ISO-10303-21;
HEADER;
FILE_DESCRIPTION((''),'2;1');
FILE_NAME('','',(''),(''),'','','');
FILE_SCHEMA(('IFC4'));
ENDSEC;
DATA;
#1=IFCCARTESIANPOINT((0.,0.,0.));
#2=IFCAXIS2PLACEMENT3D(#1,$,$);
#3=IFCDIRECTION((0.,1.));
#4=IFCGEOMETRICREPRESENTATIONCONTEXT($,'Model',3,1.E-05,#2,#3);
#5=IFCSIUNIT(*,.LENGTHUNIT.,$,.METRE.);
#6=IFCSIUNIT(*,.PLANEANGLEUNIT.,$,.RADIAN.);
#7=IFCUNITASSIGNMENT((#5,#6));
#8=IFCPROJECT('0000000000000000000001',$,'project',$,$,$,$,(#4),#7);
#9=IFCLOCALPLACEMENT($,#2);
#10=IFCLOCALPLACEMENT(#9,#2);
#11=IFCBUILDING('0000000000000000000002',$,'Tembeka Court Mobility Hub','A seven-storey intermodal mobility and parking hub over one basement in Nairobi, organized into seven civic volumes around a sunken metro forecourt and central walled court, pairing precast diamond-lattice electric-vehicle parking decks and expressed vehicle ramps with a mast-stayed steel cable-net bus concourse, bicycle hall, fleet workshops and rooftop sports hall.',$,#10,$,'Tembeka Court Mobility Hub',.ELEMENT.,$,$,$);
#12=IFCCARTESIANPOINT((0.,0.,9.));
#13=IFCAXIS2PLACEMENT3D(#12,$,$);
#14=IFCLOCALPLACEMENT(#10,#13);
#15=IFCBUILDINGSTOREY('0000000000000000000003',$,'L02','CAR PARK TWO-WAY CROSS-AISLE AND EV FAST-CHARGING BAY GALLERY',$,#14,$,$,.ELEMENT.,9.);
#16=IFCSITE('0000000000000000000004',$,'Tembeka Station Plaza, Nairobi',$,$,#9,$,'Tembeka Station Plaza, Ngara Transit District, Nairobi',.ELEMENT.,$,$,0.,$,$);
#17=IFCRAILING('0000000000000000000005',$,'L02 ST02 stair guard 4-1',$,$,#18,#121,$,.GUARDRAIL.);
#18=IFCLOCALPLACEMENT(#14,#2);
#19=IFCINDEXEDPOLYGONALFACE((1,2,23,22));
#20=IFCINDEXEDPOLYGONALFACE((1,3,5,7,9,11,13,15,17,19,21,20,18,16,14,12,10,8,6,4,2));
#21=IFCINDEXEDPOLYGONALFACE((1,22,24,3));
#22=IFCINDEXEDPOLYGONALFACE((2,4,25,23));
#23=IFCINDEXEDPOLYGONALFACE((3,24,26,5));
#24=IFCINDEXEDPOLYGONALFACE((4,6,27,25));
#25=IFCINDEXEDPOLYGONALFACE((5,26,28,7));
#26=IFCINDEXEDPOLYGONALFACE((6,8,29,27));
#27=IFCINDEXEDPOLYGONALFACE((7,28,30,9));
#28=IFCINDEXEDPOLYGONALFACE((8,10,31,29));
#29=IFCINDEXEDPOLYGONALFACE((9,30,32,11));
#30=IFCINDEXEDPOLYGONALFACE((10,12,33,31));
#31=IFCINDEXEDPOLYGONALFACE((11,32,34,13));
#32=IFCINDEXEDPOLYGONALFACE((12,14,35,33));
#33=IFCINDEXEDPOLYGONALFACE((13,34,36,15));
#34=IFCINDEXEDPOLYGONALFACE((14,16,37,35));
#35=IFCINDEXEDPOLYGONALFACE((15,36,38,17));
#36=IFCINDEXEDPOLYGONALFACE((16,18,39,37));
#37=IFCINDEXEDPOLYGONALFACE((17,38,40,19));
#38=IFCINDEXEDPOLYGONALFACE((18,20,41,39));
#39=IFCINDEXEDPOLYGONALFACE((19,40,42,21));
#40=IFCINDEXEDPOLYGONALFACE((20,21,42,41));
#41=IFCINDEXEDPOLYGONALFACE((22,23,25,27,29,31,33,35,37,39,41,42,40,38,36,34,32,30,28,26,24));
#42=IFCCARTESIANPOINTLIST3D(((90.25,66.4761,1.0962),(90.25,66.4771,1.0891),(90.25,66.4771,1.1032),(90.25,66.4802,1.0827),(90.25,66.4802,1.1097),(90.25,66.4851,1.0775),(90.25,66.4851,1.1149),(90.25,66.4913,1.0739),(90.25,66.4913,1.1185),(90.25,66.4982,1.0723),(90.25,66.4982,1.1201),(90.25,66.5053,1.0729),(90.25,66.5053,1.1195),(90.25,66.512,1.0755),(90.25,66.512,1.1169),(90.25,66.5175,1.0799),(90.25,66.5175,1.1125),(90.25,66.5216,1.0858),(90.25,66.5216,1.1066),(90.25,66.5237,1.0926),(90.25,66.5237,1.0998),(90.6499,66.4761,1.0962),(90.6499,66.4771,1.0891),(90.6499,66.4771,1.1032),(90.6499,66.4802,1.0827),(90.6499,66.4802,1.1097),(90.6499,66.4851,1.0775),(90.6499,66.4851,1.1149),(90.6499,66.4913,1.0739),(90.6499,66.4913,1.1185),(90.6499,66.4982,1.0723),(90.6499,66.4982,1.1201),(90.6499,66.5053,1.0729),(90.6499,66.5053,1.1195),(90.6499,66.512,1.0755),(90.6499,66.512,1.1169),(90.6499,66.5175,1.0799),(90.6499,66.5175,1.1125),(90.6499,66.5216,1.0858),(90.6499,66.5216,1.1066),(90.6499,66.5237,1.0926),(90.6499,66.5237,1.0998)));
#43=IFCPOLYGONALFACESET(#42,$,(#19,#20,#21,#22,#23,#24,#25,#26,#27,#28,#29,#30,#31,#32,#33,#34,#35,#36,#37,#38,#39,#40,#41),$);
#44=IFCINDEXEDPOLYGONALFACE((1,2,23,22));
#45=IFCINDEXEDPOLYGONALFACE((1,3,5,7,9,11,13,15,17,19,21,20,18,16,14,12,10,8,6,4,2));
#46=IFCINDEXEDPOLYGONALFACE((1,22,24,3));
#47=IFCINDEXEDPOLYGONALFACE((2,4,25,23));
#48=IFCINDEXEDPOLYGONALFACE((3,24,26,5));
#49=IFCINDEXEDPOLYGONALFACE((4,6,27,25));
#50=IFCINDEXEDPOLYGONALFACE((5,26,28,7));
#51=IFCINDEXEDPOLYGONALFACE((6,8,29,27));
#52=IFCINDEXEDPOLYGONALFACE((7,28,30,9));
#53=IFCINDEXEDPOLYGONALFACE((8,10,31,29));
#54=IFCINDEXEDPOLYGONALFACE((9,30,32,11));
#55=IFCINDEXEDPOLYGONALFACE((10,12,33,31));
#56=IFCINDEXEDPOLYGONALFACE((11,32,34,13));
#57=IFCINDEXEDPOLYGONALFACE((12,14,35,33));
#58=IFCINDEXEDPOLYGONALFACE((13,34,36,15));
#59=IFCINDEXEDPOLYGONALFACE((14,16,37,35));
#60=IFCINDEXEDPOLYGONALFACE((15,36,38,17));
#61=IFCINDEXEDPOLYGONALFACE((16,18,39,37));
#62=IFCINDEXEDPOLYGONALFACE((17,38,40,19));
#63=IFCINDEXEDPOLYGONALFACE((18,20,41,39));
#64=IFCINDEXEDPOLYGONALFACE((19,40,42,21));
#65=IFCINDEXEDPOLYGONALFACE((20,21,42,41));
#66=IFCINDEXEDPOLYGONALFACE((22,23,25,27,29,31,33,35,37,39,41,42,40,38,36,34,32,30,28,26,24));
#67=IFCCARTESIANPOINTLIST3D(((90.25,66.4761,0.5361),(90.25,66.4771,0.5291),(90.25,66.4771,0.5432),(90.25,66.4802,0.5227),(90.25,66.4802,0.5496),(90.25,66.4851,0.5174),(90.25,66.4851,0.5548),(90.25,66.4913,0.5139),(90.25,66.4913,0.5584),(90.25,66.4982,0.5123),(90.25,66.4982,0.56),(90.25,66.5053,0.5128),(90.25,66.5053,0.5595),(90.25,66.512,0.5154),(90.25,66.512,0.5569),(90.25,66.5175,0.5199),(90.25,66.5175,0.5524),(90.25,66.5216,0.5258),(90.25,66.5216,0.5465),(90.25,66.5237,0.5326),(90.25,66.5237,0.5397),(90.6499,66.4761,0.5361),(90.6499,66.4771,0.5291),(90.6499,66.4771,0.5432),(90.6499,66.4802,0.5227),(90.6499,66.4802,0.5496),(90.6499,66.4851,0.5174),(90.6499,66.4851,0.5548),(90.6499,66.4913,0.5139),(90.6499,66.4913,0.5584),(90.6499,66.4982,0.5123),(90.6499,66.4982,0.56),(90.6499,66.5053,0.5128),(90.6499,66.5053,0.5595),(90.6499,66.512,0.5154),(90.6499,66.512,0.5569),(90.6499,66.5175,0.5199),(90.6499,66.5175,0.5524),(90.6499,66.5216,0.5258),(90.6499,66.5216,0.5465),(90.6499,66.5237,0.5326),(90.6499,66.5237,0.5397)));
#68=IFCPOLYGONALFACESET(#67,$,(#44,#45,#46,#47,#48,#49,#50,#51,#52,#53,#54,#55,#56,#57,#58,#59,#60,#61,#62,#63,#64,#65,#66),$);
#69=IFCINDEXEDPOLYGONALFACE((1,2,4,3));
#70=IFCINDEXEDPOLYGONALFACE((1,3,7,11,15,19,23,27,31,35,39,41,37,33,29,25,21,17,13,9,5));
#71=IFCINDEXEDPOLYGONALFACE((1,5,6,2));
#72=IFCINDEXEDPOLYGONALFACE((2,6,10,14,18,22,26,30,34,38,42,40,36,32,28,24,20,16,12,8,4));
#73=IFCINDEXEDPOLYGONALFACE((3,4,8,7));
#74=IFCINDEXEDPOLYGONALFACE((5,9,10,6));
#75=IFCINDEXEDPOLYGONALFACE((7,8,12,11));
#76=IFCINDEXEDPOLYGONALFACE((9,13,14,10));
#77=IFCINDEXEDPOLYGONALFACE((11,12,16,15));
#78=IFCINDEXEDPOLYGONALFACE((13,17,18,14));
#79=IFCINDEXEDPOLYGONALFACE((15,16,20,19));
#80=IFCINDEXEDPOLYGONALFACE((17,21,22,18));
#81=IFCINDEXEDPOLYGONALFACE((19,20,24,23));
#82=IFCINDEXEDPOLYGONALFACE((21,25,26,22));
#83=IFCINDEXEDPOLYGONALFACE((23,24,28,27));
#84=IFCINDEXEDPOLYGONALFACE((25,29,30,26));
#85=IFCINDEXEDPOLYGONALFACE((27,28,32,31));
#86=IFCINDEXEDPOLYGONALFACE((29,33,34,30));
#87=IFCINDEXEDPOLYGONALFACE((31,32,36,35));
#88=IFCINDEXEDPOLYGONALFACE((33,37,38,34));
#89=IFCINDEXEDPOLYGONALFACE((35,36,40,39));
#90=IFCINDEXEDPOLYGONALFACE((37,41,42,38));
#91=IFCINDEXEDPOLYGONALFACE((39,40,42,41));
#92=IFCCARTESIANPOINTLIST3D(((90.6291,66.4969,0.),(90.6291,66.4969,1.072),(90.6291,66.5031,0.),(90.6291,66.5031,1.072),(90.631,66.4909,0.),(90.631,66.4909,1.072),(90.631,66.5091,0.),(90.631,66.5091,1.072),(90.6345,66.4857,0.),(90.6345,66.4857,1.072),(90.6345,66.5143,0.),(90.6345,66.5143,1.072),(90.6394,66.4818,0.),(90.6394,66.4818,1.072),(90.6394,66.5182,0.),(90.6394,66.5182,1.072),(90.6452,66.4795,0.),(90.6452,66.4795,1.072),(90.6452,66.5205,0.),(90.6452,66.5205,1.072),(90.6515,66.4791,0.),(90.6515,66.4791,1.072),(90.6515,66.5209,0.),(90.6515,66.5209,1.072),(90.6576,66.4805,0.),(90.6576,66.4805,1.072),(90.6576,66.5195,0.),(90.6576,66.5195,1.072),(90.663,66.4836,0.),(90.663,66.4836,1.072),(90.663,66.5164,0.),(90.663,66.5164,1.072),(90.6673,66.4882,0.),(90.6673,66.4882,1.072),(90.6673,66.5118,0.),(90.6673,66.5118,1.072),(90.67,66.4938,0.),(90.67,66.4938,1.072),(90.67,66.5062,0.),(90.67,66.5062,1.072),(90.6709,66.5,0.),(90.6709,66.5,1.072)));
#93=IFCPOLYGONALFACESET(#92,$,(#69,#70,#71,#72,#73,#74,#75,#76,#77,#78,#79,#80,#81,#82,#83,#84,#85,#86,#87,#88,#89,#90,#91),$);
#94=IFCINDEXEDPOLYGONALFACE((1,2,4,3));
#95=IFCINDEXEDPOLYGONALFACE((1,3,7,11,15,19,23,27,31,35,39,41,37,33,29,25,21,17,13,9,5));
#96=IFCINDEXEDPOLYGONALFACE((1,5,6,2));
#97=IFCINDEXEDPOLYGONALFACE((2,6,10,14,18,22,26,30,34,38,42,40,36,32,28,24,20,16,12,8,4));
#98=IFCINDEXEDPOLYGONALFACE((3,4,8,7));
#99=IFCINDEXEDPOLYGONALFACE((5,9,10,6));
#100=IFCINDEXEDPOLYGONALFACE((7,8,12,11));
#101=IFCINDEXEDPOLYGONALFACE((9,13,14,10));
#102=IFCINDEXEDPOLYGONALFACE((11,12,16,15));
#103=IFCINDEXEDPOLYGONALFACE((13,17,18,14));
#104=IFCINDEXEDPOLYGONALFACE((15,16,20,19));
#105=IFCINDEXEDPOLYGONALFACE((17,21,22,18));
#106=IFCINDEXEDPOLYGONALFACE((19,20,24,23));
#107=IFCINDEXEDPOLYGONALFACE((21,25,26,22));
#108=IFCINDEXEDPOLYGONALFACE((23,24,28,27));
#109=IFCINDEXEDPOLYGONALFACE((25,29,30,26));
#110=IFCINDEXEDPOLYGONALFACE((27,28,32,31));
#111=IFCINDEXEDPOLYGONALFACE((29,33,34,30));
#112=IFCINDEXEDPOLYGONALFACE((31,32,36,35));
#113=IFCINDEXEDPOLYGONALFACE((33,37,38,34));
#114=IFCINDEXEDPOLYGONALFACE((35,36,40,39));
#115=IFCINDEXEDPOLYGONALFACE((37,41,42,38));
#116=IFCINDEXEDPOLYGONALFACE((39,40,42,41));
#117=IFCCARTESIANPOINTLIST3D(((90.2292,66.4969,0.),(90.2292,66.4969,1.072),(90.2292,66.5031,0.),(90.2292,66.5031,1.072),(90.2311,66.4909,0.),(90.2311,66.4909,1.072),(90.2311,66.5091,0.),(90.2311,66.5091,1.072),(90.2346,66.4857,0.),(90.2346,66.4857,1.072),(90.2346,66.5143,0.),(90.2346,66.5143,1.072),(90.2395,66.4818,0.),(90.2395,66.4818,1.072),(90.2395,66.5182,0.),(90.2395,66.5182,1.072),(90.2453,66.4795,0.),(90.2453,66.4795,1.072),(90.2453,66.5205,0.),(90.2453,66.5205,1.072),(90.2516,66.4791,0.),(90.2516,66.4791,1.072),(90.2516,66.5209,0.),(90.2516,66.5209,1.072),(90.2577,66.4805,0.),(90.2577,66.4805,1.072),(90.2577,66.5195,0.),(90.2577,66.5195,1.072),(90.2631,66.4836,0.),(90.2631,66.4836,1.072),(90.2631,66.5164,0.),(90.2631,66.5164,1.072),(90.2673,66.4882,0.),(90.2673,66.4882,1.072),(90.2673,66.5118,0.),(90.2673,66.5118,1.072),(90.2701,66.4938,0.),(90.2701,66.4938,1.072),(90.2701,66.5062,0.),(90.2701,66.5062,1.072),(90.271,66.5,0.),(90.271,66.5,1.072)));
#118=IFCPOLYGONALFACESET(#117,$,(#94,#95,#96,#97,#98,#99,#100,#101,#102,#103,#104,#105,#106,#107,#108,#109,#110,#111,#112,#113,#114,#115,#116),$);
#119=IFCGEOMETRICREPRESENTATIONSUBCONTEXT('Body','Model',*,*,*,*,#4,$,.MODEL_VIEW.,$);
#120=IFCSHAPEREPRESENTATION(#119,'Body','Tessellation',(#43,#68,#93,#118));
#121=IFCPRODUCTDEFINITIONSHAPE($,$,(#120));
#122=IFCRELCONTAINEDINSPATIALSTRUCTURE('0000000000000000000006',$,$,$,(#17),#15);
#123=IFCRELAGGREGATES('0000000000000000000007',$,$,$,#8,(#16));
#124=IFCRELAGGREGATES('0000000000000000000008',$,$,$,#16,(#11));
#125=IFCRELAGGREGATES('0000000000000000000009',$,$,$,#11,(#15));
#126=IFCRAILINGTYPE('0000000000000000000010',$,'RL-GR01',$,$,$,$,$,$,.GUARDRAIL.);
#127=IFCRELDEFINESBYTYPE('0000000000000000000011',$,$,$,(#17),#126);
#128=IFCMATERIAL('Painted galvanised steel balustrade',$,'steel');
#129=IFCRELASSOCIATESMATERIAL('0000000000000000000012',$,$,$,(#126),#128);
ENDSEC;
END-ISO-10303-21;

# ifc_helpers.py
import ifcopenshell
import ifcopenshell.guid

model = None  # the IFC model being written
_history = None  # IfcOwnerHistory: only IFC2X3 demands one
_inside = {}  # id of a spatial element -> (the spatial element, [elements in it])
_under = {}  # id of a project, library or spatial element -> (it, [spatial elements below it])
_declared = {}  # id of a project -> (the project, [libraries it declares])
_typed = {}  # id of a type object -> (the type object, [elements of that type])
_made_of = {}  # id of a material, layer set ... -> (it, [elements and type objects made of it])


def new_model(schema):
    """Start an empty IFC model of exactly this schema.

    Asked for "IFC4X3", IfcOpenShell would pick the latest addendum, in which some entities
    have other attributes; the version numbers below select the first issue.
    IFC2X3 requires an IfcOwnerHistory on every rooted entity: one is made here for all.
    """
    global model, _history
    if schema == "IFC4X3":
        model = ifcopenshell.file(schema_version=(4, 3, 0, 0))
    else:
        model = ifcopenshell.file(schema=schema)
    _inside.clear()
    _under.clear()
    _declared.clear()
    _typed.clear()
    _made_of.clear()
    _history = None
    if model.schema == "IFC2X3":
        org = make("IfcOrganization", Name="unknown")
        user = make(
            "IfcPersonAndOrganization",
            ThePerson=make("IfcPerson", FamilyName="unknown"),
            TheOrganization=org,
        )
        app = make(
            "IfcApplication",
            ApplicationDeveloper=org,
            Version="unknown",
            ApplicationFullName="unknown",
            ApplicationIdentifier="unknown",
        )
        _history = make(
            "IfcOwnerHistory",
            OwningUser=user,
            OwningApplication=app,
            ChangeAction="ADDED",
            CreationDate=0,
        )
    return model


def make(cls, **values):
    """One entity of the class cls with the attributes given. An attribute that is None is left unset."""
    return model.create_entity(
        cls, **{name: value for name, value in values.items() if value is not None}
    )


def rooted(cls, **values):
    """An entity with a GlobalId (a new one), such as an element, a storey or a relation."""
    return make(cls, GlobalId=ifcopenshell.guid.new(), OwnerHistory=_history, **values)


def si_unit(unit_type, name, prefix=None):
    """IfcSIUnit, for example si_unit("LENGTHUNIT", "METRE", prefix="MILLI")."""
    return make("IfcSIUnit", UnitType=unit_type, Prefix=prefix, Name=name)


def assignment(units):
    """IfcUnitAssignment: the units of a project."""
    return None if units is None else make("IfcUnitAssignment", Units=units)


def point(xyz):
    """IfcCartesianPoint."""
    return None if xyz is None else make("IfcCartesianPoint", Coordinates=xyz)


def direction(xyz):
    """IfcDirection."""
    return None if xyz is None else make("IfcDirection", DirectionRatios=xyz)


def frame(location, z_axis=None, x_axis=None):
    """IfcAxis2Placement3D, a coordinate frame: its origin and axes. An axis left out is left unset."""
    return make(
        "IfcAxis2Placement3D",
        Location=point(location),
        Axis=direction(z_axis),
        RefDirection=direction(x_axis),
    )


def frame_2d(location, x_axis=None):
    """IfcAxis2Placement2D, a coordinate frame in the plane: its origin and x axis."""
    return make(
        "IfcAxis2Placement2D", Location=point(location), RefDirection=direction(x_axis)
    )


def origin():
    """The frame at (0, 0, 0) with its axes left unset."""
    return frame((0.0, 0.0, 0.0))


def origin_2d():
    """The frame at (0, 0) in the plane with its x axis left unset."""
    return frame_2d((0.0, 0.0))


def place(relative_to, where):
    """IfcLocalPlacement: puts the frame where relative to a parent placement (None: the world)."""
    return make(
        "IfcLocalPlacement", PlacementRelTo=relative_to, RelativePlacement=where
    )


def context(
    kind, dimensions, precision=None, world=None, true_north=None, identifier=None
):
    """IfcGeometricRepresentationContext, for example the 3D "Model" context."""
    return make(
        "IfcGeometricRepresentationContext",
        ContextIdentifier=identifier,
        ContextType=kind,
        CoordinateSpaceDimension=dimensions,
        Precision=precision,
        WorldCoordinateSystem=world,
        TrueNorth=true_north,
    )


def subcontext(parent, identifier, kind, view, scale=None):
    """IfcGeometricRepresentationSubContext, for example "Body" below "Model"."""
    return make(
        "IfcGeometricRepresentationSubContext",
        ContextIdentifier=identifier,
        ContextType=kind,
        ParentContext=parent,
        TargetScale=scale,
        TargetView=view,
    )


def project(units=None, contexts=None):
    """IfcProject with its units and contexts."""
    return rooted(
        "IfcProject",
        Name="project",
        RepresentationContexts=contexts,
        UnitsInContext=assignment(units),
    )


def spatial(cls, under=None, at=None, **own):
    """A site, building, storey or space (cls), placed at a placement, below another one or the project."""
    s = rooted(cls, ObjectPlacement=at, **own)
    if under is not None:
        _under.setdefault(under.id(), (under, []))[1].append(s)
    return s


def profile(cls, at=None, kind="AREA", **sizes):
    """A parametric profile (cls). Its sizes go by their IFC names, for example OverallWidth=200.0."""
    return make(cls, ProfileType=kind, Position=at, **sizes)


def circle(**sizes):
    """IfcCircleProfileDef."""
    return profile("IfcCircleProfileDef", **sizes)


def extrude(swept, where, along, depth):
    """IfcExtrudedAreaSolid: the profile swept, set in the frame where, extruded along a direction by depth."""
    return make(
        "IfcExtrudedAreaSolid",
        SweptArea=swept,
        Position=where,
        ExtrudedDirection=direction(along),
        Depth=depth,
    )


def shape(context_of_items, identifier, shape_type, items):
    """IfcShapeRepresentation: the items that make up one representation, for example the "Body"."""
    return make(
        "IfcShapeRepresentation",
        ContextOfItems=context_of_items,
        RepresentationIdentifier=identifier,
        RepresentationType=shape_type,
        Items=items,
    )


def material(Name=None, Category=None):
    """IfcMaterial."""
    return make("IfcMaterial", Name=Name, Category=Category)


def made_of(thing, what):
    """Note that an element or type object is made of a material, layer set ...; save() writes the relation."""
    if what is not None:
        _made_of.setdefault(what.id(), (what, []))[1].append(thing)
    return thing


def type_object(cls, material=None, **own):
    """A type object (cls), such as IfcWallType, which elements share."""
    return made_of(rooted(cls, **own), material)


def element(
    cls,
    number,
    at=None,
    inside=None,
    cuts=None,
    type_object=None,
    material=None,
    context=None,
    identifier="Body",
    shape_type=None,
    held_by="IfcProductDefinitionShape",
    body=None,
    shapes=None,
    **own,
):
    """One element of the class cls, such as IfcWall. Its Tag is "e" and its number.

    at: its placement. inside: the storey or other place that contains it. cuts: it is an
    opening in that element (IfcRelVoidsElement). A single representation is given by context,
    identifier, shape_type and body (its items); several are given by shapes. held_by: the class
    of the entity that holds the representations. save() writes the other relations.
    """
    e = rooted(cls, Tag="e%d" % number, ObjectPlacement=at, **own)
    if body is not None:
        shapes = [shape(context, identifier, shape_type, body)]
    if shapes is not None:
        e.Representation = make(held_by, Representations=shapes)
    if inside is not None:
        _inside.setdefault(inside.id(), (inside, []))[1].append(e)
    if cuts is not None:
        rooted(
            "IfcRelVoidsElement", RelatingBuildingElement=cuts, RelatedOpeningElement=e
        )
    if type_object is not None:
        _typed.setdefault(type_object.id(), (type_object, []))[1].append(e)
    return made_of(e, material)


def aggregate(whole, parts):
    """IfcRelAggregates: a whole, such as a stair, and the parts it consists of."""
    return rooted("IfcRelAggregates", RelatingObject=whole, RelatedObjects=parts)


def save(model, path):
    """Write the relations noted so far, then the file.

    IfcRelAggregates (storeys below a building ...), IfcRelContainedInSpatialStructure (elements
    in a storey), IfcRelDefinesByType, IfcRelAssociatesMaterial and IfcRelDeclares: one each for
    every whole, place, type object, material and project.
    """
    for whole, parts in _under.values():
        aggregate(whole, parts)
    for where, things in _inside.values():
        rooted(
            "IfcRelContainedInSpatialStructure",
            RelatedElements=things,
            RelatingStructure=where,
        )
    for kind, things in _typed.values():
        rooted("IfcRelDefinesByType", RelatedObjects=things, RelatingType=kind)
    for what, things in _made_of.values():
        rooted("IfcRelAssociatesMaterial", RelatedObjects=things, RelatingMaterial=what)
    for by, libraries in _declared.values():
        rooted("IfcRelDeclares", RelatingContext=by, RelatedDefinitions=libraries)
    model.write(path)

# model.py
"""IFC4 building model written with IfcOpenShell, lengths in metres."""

from ifc_helpers import new_model, si_unit, direction, frame, origin, origin_2d, place, context, subcontext, project, spatial, circle, extrude, material, type_object, element, save


model = new_model("IFC4")

# Units and contexts
model_context = context("Model", 3, precision=1e-05, world=origin(), true_north=direction((0.0, 1.0)))
body_context = subcontext(model_context, "Body", "Model", "MODEL_VIEW")
ifc_project = project(units=[si_unit("LENGTHUNIT", "METRE"), si_unit("PLANEANGLEUNIT", "RADIAN")], contexts=[model_context])

# Site, building, storey
site_placement = place(None, origin())
site = spatial("IfcSite", under=ifc_project, at=site_placement, Name="Tembeka Station Plaza, Nairobi", LongName="Tembeka Station Plaza, Ngara Transit District, Nairobi", CompositionType="ELEMENT", RefElevation=0.0)
building_placement = place(site_placement, origin())
building = spatial("IfcBuilding", under=site, at=building_placement, Name="Tembeka Court Mobility Hub", Description="A seven-storey intermodal mobility and parking hub over one basement in Nairobi, organized into seven civic volumes around a sunken metro forecourt and central walled court, pairing precast diamond-lattice electric-vehicle parking decks and expressed vehicle ramps with a mast-stayed steel cable-net bus concourse, bicycle hall, fleet workshops and rooftop sports hall.", LongName="Tembeka Court Mobility Hub", CompositionType="ELEMENT")
storey_placement = place(building_placement, frame((0.0, 0.0, 9.0)))
storey = spatial("IfcBuildingStorey", under=building, at=storey_placement, Name="L02", Description="CAR PARK TWO-WAY CROSS-AISLE AND EV FAST-CHARGING BAY GALLERY", CompositionType="ELEMENT", Elevation=9.0)

# Railing
ifc_material_1 = material(Name="Painted galvanised steel balustrade", Category="steel")
railing_type_1 = type_object("IfcRailingType", Name="RL-GR01", PredefinedType="GUARDRAIL", material=ifc_material_1)
railing_1_placement = place(storey_placement, frame((90.6499, 66.5, 0.0)))
element("IfcRailing", 1, at=railing_1_placement, inside=storey, type_object=railing_type_1, Name="L02 ST02 stair guard 4-1", PredefinedType="GUARDRAIL", context=body_context, shape_type="SweptSolid", body=[
    extrude(circle(Radius=0.0239, at=origin_2d()), frame((0.0, 0.0, 1.0962), z_axis=(-1.0, 0.0, 0.0), x_axis=(0.0, -1.0, 0.0)), (0.0, 0.0, 1.0), 0.3999),
    extrude(circle(Radius=0.0239, at=origin_2d()), frame((0.0, 0.0, 0.5361), z_axis=(-1.0, 0.0, 0.0), x_axis=(0.0, -1.0, 0.0)), (0.0, 0.0, 1.0), 0.3999),
    extrude(circle(Radius=0.021, at=origin_2d()), origin(), (0.0, 0.0, 1.0), 1.072),
    extrude(circle(Radius=0.021, at=origin_2d()), frame((-0.3999, 0.0, 0.0)), (0.0, 0.0, 1.0), 1.072),
])

save(model, "model.ifc")
